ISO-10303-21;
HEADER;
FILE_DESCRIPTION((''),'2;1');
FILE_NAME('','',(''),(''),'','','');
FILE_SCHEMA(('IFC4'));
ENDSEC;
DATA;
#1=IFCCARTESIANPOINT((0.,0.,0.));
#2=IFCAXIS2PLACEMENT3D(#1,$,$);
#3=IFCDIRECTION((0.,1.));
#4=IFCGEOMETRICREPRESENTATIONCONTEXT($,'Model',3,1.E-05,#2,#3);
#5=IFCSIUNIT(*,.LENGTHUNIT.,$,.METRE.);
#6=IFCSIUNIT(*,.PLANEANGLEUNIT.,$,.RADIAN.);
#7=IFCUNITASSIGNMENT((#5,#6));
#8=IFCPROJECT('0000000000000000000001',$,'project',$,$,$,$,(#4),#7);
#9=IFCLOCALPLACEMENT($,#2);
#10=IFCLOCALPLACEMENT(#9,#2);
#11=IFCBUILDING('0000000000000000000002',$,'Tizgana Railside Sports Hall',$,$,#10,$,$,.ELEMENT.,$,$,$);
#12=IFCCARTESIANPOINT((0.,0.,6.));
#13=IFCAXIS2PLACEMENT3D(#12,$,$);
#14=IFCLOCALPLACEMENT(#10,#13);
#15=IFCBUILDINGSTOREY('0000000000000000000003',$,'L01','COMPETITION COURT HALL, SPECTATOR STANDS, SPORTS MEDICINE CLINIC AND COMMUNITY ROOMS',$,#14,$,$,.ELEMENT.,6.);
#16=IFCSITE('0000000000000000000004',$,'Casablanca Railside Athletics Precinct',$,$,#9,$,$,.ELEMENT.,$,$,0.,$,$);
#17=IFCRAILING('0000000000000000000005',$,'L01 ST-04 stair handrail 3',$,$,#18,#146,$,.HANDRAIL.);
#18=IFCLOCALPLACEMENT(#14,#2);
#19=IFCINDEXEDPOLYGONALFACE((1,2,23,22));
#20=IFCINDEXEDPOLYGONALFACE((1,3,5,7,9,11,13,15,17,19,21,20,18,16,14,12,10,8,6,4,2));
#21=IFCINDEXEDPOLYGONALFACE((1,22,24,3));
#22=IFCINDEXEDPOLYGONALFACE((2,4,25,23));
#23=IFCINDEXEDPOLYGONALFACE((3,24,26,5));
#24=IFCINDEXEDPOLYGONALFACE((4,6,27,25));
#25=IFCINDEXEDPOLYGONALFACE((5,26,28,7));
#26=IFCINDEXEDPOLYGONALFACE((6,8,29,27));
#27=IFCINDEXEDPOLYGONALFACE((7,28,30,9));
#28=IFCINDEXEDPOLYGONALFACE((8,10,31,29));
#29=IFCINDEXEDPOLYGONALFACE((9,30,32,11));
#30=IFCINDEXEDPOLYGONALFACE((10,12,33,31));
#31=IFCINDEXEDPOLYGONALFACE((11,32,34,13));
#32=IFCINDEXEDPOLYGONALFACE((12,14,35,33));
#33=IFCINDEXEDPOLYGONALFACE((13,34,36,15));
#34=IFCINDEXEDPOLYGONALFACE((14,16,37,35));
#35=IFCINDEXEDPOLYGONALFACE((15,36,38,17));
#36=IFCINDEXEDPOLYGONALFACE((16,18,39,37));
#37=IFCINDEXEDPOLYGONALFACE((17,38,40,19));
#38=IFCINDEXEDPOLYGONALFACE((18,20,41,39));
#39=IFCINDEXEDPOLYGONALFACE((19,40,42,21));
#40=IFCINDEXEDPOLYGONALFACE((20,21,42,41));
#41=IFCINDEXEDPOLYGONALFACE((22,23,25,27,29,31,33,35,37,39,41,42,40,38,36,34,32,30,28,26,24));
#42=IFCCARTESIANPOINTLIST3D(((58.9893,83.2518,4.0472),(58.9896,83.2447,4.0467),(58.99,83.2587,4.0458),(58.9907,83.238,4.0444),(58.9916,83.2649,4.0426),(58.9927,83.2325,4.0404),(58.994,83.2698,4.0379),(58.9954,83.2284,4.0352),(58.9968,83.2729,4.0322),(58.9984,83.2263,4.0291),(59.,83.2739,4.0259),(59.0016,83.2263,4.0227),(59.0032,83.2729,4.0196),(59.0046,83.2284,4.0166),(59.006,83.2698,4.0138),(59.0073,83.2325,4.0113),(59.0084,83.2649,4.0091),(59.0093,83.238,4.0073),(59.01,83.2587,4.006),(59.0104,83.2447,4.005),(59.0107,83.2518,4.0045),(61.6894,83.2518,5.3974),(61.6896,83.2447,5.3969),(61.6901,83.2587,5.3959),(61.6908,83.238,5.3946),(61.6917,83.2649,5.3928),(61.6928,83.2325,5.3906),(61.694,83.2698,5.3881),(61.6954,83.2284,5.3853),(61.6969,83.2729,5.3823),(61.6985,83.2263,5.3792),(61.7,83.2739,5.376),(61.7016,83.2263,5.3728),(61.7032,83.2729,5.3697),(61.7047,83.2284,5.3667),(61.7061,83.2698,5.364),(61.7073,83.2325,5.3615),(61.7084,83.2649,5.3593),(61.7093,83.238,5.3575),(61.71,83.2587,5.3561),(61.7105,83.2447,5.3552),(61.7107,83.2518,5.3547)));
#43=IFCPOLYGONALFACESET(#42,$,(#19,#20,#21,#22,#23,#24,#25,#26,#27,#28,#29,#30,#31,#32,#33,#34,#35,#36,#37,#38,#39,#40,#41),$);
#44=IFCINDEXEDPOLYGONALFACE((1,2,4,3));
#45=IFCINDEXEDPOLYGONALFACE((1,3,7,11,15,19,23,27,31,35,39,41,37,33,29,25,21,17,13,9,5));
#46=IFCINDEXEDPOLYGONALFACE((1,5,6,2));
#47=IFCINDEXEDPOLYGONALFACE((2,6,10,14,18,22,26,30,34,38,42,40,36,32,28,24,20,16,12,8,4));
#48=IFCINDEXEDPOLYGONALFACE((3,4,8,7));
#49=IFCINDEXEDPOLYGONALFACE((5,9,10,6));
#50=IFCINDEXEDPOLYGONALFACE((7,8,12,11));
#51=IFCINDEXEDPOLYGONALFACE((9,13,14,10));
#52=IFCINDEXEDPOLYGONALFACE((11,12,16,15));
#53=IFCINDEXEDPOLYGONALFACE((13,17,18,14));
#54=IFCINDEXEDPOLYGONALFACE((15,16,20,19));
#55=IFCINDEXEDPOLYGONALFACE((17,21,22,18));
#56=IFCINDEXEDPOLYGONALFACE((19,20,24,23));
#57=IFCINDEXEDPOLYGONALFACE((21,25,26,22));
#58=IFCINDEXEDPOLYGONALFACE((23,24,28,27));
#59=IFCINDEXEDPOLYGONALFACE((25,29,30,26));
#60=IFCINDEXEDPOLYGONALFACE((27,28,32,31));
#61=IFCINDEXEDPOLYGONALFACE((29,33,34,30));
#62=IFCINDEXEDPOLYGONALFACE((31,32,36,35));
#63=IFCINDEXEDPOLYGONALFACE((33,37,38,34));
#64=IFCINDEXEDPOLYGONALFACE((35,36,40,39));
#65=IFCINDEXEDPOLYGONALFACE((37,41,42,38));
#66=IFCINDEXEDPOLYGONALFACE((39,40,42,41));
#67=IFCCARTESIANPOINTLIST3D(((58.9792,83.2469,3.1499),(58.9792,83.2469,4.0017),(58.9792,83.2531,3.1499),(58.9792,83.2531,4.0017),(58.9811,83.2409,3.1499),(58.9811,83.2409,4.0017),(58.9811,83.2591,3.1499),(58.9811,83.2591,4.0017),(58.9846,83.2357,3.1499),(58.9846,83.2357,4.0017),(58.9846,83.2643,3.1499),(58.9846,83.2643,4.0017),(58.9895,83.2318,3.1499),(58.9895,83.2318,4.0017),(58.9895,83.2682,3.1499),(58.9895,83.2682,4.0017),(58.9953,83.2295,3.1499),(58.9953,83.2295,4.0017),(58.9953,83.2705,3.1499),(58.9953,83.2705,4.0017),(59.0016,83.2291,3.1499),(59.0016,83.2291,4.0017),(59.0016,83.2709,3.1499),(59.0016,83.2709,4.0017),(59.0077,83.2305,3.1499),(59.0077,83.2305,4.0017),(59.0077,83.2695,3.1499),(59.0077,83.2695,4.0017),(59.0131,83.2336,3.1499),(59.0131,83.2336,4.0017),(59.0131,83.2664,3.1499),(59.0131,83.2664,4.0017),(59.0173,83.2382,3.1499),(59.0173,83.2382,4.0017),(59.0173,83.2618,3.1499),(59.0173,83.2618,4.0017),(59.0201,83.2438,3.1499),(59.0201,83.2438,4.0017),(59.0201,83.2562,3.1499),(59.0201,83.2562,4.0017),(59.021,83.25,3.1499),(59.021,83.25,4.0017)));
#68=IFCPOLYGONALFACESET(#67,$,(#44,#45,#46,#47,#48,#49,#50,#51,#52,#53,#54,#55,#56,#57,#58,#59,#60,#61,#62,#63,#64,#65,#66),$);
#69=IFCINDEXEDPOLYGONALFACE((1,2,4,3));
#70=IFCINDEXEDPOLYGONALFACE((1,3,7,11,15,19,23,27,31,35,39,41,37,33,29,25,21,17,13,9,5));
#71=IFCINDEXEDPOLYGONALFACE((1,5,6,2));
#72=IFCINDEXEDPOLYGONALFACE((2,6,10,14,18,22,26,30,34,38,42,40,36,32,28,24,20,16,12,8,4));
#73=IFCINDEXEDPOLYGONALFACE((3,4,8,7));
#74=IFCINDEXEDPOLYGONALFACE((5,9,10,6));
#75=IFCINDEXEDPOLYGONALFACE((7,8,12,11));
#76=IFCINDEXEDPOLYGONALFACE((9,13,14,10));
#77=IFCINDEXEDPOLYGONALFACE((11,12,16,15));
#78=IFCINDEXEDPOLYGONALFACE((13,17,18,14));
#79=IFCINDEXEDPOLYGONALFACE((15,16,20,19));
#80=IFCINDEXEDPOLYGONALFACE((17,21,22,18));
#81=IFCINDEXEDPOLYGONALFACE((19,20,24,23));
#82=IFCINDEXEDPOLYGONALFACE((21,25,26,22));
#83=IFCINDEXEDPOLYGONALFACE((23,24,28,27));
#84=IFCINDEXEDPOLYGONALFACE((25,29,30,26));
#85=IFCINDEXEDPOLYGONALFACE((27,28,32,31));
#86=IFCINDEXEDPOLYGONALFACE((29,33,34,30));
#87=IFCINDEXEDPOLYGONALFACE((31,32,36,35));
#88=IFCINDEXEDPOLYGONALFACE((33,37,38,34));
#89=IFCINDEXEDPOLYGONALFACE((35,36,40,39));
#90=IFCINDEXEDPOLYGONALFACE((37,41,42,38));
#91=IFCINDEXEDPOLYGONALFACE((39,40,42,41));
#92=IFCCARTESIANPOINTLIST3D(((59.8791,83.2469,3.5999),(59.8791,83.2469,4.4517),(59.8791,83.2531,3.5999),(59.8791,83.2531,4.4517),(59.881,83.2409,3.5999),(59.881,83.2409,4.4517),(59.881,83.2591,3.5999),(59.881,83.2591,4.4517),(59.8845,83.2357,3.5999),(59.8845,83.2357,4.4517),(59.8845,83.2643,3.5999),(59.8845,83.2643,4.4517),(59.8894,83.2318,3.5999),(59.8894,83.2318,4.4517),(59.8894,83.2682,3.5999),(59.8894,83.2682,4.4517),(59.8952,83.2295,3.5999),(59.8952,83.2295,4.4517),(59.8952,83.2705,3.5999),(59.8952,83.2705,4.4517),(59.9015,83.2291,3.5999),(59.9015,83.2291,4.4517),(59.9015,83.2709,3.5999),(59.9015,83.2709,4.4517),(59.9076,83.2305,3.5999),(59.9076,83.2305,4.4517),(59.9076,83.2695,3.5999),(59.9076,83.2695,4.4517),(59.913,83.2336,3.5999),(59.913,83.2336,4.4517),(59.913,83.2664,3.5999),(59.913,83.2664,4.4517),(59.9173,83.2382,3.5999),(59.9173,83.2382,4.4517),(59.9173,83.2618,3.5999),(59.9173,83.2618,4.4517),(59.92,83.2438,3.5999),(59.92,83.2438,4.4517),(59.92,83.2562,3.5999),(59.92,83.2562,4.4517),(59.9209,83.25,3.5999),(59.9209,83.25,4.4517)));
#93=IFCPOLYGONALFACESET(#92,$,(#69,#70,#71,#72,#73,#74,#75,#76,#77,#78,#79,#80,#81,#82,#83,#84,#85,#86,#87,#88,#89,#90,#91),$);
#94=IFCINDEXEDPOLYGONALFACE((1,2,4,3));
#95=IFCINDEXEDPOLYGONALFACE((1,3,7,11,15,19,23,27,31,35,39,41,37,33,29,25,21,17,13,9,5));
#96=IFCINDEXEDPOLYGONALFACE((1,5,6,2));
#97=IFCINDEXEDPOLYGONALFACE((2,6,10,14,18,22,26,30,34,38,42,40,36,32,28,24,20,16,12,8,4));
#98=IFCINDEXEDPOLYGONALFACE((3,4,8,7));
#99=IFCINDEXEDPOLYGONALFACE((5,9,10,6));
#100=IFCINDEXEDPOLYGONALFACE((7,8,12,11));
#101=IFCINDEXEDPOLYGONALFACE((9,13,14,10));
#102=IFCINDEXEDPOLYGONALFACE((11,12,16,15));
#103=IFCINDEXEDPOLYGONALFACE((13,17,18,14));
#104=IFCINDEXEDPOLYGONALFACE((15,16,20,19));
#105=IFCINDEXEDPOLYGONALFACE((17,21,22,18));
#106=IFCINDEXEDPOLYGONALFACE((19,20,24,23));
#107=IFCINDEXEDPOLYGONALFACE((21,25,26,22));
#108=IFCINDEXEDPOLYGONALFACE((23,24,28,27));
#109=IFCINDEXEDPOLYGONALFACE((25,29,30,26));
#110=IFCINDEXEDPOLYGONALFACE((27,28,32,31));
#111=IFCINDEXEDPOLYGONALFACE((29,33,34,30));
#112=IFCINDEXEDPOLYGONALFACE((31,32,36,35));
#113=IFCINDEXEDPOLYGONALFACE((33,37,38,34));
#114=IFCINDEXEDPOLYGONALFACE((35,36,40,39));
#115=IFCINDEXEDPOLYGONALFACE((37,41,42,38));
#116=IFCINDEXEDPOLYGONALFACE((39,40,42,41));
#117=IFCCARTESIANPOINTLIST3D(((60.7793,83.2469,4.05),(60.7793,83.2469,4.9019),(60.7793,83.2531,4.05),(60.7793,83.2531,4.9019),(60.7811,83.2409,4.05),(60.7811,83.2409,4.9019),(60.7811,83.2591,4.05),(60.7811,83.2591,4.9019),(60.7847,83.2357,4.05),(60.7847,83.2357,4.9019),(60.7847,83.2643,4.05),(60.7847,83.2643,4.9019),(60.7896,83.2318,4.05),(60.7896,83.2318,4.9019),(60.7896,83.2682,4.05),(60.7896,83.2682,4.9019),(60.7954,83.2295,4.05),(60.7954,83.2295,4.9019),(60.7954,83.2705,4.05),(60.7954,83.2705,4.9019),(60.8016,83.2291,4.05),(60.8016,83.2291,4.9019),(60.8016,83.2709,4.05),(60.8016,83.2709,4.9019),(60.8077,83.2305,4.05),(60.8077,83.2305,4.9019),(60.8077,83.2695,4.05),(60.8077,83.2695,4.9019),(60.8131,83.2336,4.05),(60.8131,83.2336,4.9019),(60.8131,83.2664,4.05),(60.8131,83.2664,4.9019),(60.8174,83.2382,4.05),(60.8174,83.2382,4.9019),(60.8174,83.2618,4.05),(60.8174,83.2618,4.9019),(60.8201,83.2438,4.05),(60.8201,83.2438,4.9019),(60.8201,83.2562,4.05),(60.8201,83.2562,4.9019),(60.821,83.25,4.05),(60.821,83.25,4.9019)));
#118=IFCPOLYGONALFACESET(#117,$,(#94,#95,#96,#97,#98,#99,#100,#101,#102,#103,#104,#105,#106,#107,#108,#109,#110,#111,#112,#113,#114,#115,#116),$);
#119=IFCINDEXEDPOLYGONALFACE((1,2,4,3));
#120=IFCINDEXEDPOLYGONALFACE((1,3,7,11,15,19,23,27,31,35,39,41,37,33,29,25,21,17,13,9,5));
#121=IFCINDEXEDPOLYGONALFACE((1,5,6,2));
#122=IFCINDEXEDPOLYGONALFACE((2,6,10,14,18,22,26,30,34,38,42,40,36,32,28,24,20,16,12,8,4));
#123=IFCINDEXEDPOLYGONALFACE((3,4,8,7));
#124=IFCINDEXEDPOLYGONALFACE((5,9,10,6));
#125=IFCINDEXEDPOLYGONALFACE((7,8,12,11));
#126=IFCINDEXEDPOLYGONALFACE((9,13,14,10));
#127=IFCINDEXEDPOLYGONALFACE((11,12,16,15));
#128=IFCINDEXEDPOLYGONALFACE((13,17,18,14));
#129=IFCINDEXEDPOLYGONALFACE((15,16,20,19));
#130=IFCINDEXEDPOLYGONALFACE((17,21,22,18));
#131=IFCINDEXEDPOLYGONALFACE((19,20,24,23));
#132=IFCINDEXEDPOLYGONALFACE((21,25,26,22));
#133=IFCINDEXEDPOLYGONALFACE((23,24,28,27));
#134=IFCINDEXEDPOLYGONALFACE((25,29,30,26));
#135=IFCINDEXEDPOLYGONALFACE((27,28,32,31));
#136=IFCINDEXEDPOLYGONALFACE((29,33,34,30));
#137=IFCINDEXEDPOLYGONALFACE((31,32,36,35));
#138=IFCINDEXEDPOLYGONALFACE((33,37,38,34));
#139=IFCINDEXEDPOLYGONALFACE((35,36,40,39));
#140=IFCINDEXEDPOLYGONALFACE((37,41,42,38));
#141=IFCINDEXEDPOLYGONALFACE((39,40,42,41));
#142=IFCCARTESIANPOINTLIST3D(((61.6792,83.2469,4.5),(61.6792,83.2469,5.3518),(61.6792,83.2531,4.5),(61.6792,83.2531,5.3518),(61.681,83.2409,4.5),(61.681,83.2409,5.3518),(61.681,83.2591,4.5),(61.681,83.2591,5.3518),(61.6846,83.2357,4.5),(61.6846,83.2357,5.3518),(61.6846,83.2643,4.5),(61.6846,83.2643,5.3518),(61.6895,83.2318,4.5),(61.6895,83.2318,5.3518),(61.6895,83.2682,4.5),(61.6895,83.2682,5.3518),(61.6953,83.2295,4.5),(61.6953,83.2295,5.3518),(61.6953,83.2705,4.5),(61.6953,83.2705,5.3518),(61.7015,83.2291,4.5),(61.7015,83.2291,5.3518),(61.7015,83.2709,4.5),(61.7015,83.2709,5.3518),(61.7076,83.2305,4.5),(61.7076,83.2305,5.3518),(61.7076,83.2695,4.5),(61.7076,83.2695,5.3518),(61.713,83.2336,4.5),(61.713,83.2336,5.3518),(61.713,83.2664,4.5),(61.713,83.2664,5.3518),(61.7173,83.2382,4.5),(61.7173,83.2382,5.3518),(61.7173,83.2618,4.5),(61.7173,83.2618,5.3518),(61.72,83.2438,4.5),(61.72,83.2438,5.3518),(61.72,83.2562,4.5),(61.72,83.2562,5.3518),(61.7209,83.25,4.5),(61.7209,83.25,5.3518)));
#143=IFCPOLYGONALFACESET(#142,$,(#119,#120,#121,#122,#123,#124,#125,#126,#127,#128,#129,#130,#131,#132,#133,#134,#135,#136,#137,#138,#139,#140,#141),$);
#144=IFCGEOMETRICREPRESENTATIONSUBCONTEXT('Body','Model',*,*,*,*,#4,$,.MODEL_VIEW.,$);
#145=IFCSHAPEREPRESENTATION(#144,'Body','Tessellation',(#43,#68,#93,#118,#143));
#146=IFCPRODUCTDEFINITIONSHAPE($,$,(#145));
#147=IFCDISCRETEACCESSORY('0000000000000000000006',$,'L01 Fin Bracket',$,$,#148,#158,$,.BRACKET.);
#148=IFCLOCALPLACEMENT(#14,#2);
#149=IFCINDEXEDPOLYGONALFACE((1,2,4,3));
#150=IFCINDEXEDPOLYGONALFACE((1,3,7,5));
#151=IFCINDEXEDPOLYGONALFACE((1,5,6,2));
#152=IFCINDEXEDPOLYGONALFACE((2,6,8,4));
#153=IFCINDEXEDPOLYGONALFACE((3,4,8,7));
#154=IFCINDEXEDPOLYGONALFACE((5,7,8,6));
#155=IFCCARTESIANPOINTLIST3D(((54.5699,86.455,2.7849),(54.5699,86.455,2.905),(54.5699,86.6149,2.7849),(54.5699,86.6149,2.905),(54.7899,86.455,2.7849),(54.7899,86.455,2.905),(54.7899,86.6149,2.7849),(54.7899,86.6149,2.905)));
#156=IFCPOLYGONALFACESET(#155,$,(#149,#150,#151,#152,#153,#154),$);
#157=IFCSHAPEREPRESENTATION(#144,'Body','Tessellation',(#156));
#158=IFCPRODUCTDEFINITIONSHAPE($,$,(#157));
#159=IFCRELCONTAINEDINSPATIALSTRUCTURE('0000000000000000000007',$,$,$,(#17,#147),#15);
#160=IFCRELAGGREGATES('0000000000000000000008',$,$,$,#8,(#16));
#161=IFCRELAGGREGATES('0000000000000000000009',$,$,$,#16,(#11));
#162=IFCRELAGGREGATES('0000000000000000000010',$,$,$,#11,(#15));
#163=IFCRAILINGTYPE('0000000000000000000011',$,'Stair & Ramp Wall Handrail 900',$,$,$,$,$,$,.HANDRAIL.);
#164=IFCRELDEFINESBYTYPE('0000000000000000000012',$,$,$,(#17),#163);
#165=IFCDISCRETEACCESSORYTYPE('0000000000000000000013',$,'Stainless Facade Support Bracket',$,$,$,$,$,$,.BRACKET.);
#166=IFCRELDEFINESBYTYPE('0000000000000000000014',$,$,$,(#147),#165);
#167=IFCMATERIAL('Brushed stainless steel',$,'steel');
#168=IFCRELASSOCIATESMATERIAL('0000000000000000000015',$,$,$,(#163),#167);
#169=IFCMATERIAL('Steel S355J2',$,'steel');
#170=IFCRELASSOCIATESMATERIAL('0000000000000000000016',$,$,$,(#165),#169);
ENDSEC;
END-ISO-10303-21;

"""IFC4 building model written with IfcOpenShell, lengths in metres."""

from ifc_helpers import new_model, si_unit, direction, frame, origin, origin_2d, place, context, subcontext, project, spatial, rectangle, circle, extrude, material, type_object, element, save


model = new_model("IFC4")

# Units and contexts
model_context = context("Model", 3, precision=1e-05, world=origin(), true_north=direction((0.0, 1.0)))
body_context = subcontext(model_context, "Body", "Model", "MODEL_VIEW")
ifc_project = project(units=[si_unit("LENGTHUNIT", "METRE"), si_unit("PLANEANGLEUNIT", "RADIAN")], contexts=[model_context])

# Site, building, storey
site_placement = place(None, origin())
site = spatial("IfcSite", under=ifc_project, at=site_placement, Name="Casablanca Railside Athletics Precinct", CompositionType="ELEMENT", RefElevation=0.0)
building_placement = place(site_placement, origin())
building = spatial("IfcBuilding", under=site, at=building_placement, Name="Tizgana Railside Sports Hall", CompositionType="ELEMENT")
storey_placement = place(building_placement, frame((0.0, 0.0, 6.0)))
storey = spatial("IfcBuildingStorey", under=building, at=storey_placement, Name="L01", Description="COMPETITION COURT HALL, SPECTATOR STANDS, SPORTS MEDICINE CLINIC AND COMMUNITY ROOMS", CompositionType="ELEMENT", Elevation=6.0)

# Shared definitions
ifc_material_1 = material(Name="Steel S355J2", Category="steel")

# Railing
ifc_material_2 = material(Name="Brushed stainless steel", Category="steel")
railing_type_1 = type_object("IfcRailingType", Name="Stair & Ramp Wall Handrail 900", PredefinedType="HANDRAIL", material=ifc_material_2)
for number, where, name in (
    (1, (59.0, 83.25, 3.1499), "L01 ST-04 stair handrail 3"),
):
    element("IfcRailing", number, at=place(storey_placement, frame(where)), inside=storey, type_object=railing_type_1, Name=name, PredefinedType="HANDRAIL", context=body_context, shape_type="SweptSolid", body=[
        extrude(circle(Radius=0.0239, at=origin_2d()), frame((0.0, 0.0, 0.876), z_axis=(0.894411, 0.0, 0.447246), x_axis=(0.0, 1.0, 0.0)), (0.0, 0.0, 1.0), 3.0188),
        extrude(circle(Radius=0.021, at=origin_2d()), origin(), (0.0, 0.0, 1.0), 0.8518),
        extrude(circle(Radius=0.021, at=origin_2d()), frame((0.8999, 0.0, 0.45)), (0.0, 0.0, 1.0), 0.8518),
        extrude(circle(Radius=0.021, at=origin_2d()), frame((1.8, 0.0, 0.9001)), (0.0, 0.0, 1.0), 0.8518),
        extrude(circle(Radius=0.021, at=origin_2d()), frame((2.7, 0.0, 1.3501)), (0.0, 0.0, 1.0), 0.8518),
    ])

# Discrete accessory
discrete_accessory_type = type_object("IfcDiscreteAccessoryType", Name="Stainless Facade Support Bracket", PredefinedType="BRACKET", material=ifc_material_1)
discrete_accessory_placement = place(storey_placement, frame((54.6799, 86.5349, 2.7849), z_axis=(0.0, 0.0, 1.0), x_axis=(0.0, -1.0, 0.0)))
element("IfcDiscreteAccessory", 2, at=discrete_accessory_placement, inside=storey, type_object=discrete_accessory_type, Name="L01 Fin Bracket", PredefinedType="BRACKET", context=body_context, shape_type="SweptSolid", body=[
    extrude(rectangle(XDim=0.1599, YDim=0.22, at=origin_2d()), origin(), (0.0, 0.0, 1.0), 0.1201),
])

save(model, "model.ifc")
